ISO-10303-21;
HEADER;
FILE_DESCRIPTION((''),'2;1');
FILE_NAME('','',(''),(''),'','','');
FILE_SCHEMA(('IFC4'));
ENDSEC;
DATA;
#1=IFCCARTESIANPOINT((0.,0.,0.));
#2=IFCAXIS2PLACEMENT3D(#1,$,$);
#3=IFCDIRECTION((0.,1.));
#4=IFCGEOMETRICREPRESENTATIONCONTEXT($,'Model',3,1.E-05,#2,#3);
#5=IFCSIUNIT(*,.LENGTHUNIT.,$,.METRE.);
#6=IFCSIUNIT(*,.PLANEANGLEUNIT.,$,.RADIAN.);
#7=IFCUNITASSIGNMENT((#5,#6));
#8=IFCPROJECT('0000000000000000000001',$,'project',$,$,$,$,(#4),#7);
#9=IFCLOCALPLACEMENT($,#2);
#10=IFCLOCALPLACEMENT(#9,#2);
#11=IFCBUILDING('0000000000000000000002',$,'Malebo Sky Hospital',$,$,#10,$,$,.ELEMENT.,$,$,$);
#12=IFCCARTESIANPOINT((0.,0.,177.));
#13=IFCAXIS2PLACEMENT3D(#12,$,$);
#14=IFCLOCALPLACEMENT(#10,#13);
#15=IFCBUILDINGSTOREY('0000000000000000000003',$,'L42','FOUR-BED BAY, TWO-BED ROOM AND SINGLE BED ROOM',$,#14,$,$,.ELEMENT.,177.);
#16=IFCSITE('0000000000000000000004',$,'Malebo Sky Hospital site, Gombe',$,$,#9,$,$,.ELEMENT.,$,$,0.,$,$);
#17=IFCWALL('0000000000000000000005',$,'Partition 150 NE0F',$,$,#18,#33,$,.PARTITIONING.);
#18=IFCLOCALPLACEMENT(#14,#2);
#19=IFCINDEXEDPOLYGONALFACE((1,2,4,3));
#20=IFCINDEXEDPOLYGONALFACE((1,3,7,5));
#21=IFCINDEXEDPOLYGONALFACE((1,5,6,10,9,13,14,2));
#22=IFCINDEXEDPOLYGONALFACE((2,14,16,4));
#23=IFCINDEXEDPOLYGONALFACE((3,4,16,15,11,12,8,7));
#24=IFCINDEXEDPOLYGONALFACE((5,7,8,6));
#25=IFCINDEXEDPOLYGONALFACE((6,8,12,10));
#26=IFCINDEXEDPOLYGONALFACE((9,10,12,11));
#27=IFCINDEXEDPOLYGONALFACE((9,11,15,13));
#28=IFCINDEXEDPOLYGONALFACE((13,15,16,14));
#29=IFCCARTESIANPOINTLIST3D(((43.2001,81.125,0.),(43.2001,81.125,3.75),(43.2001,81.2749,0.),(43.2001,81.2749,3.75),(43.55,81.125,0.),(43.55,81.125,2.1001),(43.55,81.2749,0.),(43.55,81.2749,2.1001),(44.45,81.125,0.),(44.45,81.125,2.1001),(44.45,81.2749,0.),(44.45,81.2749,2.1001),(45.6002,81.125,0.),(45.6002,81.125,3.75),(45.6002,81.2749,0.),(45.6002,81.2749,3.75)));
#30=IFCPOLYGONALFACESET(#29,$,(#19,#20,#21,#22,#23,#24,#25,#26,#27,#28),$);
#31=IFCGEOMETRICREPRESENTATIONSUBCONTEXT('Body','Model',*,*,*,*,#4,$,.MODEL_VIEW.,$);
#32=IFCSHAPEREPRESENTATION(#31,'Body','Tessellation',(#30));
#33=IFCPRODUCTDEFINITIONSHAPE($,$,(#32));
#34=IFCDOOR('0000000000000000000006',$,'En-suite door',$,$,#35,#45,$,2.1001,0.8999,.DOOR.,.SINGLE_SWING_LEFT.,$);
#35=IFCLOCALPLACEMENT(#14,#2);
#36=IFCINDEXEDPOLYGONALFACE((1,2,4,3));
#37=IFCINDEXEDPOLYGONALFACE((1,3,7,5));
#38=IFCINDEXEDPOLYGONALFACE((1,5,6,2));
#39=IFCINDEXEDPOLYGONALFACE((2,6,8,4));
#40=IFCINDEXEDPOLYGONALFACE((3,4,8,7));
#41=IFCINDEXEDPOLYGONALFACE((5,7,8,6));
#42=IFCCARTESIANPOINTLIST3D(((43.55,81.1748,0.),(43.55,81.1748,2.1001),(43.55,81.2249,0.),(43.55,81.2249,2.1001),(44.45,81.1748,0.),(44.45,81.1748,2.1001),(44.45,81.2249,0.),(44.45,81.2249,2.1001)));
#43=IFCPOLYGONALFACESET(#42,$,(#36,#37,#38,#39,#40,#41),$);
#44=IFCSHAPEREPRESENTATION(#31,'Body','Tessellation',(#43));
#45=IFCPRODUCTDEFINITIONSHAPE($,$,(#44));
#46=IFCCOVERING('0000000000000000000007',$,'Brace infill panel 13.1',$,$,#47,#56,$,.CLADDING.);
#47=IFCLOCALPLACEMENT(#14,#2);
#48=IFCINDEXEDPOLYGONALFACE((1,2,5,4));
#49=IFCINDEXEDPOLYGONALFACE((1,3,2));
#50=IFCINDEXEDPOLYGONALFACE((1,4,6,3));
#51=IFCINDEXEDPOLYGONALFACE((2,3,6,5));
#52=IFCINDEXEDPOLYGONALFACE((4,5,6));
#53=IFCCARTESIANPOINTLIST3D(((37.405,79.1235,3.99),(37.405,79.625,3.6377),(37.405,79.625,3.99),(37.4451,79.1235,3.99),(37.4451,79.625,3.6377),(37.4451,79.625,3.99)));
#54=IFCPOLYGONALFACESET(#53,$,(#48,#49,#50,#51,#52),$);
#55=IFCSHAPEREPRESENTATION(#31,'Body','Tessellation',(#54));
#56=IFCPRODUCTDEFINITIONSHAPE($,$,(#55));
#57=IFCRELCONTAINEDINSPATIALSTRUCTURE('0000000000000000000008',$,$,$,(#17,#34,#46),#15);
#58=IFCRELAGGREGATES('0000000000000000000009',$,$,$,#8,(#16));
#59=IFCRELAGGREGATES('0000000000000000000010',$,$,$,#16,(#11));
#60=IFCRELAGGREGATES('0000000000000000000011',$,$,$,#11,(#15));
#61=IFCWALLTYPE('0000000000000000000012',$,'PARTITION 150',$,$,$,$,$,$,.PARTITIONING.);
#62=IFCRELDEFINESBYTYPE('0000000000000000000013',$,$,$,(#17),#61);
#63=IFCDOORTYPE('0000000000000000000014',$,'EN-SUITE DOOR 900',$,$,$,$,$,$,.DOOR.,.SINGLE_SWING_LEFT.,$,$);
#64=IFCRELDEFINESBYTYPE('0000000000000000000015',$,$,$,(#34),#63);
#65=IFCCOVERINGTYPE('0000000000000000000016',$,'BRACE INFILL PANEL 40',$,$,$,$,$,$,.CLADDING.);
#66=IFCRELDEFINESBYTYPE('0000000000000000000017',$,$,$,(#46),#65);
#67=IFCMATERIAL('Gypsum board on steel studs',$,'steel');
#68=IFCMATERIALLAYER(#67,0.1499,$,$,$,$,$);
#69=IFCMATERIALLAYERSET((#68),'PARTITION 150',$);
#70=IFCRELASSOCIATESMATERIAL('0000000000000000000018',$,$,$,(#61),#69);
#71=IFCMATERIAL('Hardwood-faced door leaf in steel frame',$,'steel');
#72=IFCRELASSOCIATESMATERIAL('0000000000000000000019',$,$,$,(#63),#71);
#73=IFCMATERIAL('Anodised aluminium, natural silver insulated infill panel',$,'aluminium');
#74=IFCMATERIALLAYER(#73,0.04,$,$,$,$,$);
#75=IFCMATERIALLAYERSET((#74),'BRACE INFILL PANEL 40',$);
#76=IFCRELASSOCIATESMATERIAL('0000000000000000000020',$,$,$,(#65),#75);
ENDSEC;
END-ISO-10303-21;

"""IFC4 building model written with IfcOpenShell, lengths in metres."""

from ifc_helpers import new_model, si_unit, direction, frame, frame_2d, origin, place, context, subcontext, project, spatial, polyline, rectangle, outline, extrude, material, layer, layer_set, type_object, element, fill, save


model = new_model("IFC4")

# Units and contexts
model_context = context("Model", 3, precision=1e-05, world=origin(), true_north=direction((0.0, 1.0)))
body_context = subcontext(model_context, "Body", "Model", "MODEL_VIEW")
ifc_project = project(units=[si_unit("LENGTHUNIT", "METRE"), si_unit("PLANEANGLEUNIT", "RADIAN")], contexts=[model_context])

# Site, building, storey
site_placement = place(None, origin())
site = spatial("IfcSite", under=ifc_project, at=site_placement, Name="Malebo Sky Hospital site, Gombe", CompositionType="ELEMENT", RefElevation=0.0)
building_placement = place(site_placement, origin())
building = spatial("IfcBuilding", under=site, at=building_placement, Name="Malebo Sky Hospital", CompositionType="ELEMENT")
storey_placement = place(building_placement, frame((0.0, 0.0, 177.0)))
storey = spatial("IfcBuildingStorey", under=building, at=storey_placement, Name="L42", Description="FOUR-BED BAY, TWO-BED ROOM AND SINGLE BED ROOM", CompositionType="ELEMENT", Elevation=177.0)

# Shared definitions
ifc_material_1 = material(Name="Gypsum board on steel studs", Category="steel")
ifc_material_2 = material(Name="Hardwood-faced door leaf in steel frame", Category="steel")

# Shared definitions
ifc_layer_1 = layer(ifc_material_1, 0.1499)
ifc_layer_set_1 = layer_set([ifc_layer_1], Name="PARTITION 150")
wall_type_1 = type_object("IfcWallType", Name="PARTITION 150", PredefinedType="PARTITIONING", material=ifc_layer_set_1)

# Wall, opening, door
wall_1_placement = place(storey_placement, frame((43.2, 81.2, 0.0), z_axis=(0.0, 0.0, 1.0), x_axis=(1.0, 0.0, 0.0)))
wall_1 = element("IfcWall", 1, at=wall_1_placement, inside=storey, type_object=wall_type_1, Name="Partition 150 NE0F", PredefinedType="PARTITIONING", context=body_context, shape_type="SweptSolid", body=[
    extrude(rectangle(XDim=2.4001, YDim=0.1499, at=frame_2d((1.2002, 0.0))), origin(), (0.0, 0.0, 1.0), 3.75),
])
opening_1_placement = place(wall_1_placement, frame((0.3501, 0.0, 0.0)))
opening_1 = element("IfcOpeningElement", 2, at=opening_1_placement, cuts=wall_1, PredefinedType="OPENING", context=body_context, shape_type="SweptSolid", body=[
    extrude(rectangle(XDim=0.8999, YDim=2.1001, at=frame_2d((0.45, 1.05))), frame((0.0, 0.085, 0.0), z_axis=(0.0, -1.0, 0.0), x_axis=(1.0, 0.0, 0.0)), (0.0, 0.0, 1.0), 0.1699),
])
door_type_1 = type_object("IfcDoorType", Name="EN-SUITE DOOR 900", OperationType="SINGLE_SWING_LEFT", PredefinedType="DOOR", material=ifc_material_2)
door_1_placement = place(opening_1_placement, origin())
door_1 = element("IfcDoor", 3, at=door_1_placement, inside=storey, type_object=door_type_1, Name="En-suite door", OperationType="SINGLE_SWING_LEFT", OverallHeight=2.1001, OverallWidth=0.8999, PredefinedType="DOOR", context=body_context, shape_type="SweptSolid", body=[
    extrude(rectangle(XDim=0.8999, YDim=2.1001, at=frame_2d((0.45, 1.05))), frame((0.0, 0.0249, 0.0), z_axis=(0.0, -1.0, 0.0), x_axis=(1.0, 0.0, 0.0)), (0.0, 0.0, 1.0), 0.05),
])
fill(opening_1, door_1)

# Covering
ifc_material_3 = material(Name="Anodised aluminium, natural silver insulated infill panel", Category="aluminium")
ifc_layer_2 = layer(ifc_material_3, 0.04)
ifc_layer_set_2 = layer_set([ifc_layer_2], Name="BRACE INFILL PANEL 40")
covering_type = type_object("IfcCoveringType", Name="BRACE INFILL PANEL 40", PredefinedType="CLADDING", material=ifc_layer_set_2)
covering_placement = place(storey_placement, frame((37.425, 79.3743, 3.6377), z_axis=(0.0, 0.0, 1.0), x_axis=(0.0, 1.0, 0.0)))
element("IfcCovering", 4, at=covering_placement, inside=storey, type_object=covering_type, Name="Brace infill panel 13.1", PredefinedType="CLADDING", context=body_context, shape_type="SweptSolid", body=[
    extrude(outline(polyline([(0.2507, 0.0), (0.2507, 0.3523), (-0.2507, 0.3523), (0.2507, 0.0)])), frame((0.0, 0.02, 0.0), z_axis=(0.0, -1.0, 0.0), x_axis=(1.0, 0.0, 0.0)), (0.0, 0.0, 1.0), 0.04),
])

save(model, "model.ifc")
